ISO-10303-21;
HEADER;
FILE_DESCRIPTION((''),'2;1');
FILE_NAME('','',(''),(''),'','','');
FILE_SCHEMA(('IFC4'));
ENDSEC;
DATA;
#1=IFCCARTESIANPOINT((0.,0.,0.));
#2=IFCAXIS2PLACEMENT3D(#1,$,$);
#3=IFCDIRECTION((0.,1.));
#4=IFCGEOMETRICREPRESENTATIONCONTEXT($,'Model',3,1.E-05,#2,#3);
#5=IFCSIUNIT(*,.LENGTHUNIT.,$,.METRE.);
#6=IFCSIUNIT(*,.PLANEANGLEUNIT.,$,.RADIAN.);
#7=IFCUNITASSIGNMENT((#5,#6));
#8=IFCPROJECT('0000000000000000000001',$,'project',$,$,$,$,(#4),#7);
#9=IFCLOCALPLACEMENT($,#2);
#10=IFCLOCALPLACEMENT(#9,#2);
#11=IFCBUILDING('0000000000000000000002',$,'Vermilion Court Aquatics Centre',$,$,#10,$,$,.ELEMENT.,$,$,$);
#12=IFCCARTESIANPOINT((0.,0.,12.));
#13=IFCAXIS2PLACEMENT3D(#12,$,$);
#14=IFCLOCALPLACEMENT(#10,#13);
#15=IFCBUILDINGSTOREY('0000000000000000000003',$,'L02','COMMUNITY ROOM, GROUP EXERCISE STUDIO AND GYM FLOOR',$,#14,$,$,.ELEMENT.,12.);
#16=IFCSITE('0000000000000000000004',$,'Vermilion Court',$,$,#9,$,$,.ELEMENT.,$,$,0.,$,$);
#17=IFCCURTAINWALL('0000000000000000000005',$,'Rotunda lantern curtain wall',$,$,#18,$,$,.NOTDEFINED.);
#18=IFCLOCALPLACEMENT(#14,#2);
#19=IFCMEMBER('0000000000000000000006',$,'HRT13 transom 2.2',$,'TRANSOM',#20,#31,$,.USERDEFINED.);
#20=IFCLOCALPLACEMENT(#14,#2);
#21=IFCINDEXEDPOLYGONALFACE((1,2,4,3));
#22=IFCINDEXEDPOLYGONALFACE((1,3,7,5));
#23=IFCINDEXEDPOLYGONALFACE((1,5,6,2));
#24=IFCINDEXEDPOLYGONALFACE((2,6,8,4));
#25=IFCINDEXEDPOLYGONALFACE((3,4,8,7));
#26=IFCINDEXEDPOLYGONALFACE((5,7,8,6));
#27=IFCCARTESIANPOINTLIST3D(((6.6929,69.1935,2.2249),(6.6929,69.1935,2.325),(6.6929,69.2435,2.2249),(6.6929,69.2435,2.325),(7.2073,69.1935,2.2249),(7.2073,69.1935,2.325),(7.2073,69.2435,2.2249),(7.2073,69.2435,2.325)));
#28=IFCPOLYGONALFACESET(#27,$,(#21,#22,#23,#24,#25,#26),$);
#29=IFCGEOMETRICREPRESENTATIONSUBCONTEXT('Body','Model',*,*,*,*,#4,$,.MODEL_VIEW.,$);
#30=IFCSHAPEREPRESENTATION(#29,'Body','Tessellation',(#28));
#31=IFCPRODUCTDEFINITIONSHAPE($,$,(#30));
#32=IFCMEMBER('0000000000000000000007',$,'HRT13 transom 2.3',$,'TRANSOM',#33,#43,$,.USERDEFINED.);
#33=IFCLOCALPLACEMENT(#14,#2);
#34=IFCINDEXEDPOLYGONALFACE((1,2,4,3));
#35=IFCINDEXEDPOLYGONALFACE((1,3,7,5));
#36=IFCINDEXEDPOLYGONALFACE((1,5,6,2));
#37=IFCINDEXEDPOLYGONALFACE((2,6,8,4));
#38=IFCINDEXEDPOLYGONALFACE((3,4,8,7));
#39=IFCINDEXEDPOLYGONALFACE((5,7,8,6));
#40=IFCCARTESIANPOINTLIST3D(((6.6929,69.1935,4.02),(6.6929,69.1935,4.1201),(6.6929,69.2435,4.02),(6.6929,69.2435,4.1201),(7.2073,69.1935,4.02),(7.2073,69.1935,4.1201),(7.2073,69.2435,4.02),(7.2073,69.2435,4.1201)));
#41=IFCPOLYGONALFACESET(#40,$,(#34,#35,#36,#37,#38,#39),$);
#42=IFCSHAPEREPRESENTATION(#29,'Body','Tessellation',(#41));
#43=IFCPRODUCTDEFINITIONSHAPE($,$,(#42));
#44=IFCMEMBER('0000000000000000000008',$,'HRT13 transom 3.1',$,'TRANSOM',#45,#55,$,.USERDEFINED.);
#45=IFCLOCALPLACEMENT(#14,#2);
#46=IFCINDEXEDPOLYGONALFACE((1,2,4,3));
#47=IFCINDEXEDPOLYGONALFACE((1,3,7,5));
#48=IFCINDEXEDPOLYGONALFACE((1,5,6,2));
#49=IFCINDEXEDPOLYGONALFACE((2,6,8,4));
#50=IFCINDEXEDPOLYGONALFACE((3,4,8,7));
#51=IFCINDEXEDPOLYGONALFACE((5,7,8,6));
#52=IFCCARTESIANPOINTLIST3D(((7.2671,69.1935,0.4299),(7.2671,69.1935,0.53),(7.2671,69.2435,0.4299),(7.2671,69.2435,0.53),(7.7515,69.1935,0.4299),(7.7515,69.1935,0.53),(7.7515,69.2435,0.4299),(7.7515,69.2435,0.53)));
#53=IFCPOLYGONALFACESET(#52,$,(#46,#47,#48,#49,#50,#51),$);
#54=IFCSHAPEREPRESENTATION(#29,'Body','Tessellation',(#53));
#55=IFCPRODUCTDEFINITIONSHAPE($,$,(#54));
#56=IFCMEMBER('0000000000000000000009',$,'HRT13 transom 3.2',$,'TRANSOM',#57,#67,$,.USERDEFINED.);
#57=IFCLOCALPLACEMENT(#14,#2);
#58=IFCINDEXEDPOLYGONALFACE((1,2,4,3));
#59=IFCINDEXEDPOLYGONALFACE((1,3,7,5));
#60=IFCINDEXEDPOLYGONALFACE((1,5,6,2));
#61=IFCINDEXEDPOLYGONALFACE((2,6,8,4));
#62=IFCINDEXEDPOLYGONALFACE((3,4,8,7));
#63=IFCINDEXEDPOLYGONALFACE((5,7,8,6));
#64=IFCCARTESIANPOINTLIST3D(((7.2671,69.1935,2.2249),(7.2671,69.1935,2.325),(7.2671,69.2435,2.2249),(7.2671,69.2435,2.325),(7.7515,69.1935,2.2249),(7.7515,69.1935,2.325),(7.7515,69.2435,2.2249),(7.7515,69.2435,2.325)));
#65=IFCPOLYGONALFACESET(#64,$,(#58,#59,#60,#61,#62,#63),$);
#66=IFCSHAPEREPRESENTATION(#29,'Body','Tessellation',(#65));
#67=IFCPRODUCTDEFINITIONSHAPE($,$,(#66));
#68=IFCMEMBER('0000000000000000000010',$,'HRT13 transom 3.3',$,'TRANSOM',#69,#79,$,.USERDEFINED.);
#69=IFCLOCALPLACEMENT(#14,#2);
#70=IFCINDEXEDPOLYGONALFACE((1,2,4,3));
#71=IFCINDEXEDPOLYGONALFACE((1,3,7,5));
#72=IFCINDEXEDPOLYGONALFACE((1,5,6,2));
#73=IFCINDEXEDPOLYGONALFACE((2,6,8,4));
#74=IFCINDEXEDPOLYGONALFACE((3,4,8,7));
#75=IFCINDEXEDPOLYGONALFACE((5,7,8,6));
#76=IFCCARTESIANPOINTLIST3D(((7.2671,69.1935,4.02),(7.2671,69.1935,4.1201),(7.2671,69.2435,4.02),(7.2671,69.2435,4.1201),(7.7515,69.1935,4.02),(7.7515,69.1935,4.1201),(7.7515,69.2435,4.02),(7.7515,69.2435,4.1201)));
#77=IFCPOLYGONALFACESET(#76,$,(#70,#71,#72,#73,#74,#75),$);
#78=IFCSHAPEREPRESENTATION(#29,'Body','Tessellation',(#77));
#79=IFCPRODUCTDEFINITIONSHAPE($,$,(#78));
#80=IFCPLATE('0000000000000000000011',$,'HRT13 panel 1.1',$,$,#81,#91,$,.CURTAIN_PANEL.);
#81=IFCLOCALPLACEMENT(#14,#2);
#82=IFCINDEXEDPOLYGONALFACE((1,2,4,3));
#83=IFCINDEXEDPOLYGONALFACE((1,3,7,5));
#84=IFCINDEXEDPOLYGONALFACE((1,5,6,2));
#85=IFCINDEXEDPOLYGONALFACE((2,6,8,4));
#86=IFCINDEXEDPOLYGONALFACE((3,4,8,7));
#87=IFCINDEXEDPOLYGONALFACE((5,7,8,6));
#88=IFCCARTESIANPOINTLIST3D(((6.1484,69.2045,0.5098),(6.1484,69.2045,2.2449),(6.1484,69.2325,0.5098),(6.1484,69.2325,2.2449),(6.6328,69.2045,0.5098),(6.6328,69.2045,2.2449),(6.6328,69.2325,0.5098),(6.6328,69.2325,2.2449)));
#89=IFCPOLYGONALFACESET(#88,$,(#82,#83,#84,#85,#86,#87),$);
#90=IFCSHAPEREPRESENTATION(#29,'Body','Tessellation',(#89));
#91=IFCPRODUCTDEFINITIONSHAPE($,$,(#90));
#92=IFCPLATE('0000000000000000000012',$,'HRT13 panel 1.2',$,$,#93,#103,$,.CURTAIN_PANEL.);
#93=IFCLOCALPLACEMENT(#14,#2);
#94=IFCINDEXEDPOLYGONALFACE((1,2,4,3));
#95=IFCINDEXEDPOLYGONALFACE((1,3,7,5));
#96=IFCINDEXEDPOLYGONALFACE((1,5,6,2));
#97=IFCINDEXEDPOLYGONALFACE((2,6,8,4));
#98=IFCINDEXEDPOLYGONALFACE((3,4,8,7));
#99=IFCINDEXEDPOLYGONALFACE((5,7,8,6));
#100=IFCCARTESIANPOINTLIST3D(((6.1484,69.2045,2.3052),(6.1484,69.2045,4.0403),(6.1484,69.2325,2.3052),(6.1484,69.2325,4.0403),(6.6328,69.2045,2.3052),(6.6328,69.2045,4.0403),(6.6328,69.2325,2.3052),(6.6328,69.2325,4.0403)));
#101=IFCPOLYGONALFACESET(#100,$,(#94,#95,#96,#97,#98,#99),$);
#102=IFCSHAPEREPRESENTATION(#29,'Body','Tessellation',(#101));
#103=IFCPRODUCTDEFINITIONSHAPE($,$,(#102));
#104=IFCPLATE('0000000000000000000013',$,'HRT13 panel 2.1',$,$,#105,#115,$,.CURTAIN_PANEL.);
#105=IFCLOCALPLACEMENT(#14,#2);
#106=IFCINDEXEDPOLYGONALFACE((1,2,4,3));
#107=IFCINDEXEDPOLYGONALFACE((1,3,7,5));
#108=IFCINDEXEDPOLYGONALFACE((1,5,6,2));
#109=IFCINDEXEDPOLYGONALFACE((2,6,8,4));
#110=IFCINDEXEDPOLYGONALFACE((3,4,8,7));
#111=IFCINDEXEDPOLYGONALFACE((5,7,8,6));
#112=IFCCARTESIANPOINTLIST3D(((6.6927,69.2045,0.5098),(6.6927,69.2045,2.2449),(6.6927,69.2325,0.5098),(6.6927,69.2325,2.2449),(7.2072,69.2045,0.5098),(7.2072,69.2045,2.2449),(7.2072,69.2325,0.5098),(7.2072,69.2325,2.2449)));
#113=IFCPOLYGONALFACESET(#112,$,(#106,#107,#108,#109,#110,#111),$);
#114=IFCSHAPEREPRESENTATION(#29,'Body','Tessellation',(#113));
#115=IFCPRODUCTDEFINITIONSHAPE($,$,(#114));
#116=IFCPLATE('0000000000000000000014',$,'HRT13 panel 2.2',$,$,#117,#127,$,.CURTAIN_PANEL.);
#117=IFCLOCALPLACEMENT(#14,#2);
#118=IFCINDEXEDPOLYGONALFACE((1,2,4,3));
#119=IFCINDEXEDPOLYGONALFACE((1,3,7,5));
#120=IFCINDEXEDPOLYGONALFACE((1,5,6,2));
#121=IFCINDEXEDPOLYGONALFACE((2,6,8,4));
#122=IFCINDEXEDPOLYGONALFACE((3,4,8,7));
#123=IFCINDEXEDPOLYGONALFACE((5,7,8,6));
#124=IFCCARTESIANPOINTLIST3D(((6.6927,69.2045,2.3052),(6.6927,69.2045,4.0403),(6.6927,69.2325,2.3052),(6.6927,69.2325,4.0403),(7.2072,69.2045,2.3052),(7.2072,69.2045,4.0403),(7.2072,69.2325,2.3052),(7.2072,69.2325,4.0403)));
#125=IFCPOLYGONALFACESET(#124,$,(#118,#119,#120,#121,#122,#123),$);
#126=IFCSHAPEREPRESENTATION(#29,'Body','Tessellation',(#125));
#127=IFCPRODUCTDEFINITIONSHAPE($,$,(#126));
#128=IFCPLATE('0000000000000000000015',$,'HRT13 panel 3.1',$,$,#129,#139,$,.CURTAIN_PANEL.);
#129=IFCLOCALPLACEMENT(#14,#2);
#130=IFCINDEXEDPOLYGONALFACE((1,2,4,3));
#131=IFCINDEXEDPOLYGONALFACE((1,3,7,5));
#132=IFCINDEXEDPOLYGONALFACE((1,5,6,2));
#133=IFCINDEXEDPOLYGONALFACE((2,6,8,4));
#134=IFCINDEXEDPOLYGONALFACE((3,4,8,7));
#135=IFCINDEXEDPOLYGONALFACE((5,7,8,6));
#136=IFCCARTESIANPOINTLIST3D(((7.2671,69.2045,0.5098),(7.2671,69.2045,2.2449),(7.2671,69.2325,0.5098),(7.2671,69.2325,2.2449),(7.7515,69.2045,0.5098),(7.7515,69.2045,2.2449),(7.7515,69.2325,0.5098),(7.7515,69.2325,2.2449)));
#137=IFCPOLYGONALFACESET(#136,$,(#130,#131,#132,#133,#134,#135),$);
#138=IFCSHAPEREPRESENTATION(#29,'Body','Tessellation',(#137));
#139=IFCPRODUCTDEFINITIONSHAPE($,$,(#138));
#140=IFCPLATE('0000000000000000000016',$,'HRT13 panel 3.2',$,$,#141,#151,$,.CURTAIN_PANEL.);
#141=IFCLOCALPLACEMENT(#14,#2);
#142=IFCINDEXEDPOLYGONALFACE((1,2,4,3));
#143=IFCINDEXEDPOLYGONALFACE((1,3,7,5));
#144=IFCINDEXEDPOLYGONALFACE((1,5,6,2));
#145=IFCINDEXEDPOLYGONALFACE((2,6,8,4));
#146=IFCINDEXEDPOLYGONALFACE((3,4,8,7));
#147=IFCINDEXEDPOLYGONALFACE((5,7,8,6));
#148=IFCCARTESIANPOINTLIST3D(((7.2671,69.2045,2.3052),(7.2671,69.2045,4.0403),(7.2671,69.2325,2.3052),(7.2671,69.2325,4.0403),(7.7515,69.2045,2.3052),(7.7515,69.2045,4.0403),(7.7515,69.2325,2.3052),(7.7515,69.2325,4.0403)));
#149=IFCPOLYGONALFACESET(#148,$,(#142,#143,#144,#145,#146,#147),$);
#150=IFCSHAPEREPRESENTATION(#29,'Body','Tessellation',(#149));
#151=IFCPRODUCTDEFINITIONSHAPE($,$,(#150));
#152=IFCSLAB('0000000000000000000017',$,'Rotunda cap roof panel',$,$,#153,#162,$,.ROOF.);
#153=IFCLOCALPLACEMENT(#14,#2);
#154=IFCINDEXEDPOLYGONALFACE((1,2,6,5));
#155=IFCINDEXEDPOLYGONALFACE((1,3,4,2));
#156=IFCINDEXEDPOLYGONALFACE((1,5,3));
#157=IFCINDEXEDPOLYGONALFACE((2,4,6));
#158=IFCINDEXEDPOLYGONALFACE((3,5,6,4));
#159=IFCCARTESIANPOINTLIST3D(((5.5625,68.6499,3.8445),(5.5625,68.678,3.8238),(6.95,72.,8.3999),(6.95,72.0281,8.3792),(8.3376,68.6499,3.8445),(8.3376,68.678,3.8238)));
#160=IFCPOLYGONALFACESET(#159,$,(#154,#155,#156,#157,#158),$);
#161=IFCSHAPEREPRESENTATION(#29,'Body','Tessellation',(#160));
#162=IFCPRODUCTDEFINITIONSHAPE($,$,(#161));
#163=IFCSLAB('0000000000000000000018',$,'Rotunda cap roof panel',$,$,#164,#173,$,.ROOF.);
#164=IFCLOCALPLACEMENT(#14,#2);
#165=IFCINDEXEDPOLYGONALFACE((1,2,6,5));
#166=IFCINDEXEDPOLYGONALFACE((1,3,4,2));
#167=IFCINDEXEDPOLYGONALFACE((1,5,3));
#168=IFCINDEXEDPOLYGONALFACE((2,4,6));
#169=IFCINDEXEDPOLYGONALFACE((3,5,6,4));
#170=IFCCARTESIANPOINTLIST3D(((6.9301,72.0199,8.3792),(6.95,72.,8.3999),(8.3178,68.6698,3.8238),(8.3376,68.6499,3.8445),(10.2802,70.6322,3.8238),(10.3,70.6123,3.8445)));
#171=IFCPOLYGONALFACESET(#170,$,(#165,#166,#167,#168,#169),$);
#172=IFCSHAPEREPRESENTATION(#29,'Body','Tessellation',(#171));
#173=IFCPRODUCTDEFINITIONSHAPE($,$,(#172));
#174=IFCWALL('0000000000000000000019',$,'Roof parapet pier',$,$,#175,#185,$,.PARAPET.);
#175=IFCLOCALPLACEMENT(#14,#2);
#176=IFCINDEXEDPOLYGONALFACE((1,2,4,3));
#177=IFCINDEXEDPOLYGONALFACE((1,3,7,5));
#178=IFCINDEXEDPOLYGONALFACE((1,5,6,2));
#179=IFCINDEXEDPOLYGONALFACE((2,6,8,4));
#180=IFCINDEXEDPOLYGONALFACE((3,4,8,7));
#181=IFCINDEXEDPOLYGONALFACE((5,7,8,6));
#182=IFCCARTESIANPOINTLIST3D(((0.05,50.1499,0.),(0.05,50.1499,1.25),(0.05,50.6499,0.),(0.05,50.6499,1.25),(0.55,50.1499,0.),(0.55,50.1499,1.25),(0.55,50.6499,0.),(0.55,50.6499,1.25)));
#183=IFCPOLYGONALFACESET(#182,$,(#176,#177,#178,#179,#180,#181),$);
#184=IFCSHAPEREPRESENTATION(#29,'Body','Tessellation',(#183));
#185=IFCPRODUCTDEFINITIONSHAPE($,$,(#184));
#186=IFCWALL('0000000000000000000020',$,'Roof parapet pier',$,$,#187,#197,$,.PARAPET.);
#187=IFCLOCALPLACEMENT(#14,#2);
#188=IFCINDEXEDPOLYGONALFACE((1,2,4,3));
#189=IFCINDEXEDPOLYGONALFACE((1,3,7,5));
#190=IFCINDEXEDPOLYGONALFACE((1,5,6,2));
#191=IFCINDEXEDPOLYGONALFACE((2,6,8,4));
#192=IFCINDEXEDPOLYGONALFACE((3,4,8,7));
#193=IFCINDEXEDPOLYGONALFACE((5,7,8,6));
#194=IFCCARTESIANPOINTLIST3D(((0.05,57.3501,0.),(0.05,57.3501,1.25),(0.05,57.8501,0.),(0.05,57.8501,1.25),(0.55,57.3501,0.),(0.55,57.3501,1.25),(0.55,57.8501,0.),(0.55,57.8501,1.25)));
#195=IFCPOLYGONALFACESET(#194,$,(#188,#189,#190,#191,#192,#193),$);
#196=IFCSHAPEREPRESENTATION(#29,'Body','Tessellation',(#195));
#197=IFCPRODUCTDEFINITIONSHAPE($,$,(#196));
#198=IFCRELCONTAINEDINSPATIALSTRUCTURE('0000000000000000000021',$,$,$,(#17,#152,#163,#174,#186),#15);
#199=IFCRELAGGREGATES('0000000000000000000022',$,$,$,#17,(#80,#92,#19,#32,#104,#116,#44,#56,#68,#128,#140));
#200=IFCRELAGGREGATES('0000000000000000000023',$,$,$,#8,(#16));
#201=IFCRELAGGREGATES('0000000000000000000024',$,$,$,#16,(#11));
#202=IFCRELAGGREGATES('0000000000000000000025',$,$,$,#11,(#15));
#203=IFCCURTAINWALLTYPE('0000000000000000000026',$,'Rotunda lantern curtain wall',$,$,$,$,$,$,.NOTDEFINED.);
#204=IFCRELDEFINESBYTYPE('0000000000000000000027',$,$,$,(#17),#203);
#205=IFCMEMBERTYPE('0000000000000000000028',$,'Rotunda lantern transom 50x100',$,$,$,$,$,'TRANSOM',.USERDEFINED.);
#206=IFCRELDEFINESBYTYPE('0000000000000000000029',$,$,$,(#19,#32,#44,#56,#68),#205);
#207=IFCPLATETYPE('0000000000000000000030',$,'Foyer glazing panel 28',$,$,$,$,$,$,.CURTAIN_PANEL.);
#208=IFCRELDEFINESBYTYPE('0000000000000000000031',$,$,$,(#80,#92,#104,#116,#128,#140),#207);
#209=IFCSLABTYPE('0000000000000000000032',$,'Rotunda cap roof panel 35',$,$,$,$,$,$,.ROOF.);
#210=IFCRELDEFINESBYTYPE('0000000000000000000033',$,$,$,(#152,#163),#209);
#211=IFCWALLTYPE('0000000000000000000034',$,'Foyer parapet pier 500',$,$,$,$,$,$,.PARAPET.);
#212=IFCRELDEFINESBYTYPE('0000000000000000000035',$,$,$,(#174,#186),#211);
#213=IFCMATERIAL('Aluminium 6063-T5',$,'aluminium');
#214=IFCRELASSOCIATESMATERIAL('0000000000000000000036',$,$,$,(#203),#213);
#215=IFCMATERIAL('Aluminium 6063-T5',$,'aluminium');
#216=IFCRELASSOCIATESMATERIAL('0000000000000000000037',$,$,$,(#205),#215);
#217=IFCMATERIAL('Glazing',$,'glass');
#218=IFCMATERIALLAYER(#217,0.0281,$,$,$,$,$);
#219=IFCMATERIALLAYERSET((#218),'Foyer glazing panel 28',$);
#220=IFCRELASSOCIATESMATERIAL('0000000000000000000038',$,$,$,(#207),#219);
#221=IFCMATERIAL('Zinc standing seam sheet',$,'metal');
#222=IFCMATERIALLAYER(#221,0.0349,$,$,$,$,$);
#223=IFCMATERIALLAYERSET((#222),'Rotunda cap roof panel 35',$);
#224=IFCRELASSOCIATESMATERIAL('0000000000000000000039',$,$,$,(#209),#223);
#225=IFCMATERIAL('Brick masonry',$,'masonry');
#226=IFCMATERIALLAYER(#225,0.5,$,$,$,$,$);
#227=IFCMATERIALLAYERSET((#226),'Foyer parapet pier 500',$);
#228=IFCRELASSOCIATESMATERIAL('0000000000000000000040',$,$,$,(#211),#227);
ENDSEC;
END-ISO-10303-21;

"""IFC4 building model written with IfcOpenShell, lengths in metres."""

from ifc_helpers import new_model, si_unit, direction, frame, frame_2d, origin, origin_2d, place, context, subcontext, project, spatial, polyline, rectangle, outline, extrude, material, layer, layer_set, material_profile, profile_set, type_object, element, aggregate, save


model = new_model("IFC4")

# Units and contexts
model_context = context("Model", 3, precision=1e-05, world=origin(), true_north=direction((0.0, 1.0)))
body_context = subcontext(model_context, "Body", "Model", "MODEL_VIEW")
ifc_project = project(units=[si_unit("LENGTHUNIT", "METRE"), si_unit("PLANEANGLEUNIT", "RADIAN")], contexts=[model_context])

# Site, building, storey
site_placement = place(None, origin())
site = spatial("IfcSite", under=ifc_project, at=site_placement, Name="Vermilion Court", CompositionType="ELEMENT", RefElevation=0.0)
building_placement = place(site_placement, origin())
building = spatial("IfcBuilding", under=site, at=building_placement, Name="Vermilion Court Aquatics Centre", CompositionType="ELEMENT")
storey_placement = place(building_placement, frame((0.0, 0.0, 12.0)))
storey = spatial("IfcBuildingStorey", under=building, at=storey_placement, Name="L02", Description="COMMUNITY ROOM, GROUP EXERCISE STUDIO AND GYM FLOOR", CompositionType="ELEMENT", Elevation=12.0)

# Shared definitions
ifc_material_1 = material(Name="Aluminium 6063-T5", Category="aluminium")
curtain_wall_type = type_object("IfcCurtainWallType", Name="Rotunda lantern curtain wall", PredefinedType="NOTDEFINED", material=ifc_material_1)

# Curtain wall
curtain_wall_1_placement = place(storey_placement, origin())
curtain_wall_1 = element("IfcCurtainWall", 1, at=curtain_wall_1_placement, inside=storey, type_object=curtain_wall_type, Name="Rotunda lantern curtain wall", PredefinedType="NOTDEFINED")

# Members
ifc_material_2 = material(Name="Aluminium 6063-T5", Category="aluminium")
ifc_material_profile_1 = material_profile(ifc_material_2, rectangle(XDim=0.05, YDim=0.1001, at=origin_2d()), Name="Aluminium 50x100")
ifc_profile_set_1 = profile_set([ifc_material_profile_1], Name="Aluminium 6063-T5")
member_type_1 = type_object("IfcMemberType", Name="Rotunda lantern transom 50x100", ElementType="TRANSOM", PredefinedType="USERDEFINED", material=ifc_profile_set_1)
member_1_placement = place(storey_placement, frame((6.6929, 69.2185, 2.2749), z_axis=(1.0, 0.0, 0.0), x_axis=(0.0, 1.0, 0.0)))
member_1 = element("IfcMember", 2, at=member_1_placement, type_object=member_type_1, Name="HRT13 transom 2.2", ObjectType="TRANSOM", PredefinedType="USERDEFINED", context=body_context, shape_type="SweptSolid", body=[
    extrude(rectangle(XDim=0.05, YDim=0.1001, at=origin_2d()), origin(), (0.0, 0.0, 1.0), 0.5144),
])
member_2_placement = place(storey_placement, frame((6.6929, 69.2185, 4.0701), z_axis=(1.0, 0.0, 0.0), x_axis=(0.0, 1.0, 0.0)))
member_2 = element("IfcMember", 3, at=member_2_placement, type_object=member_type_1, Name="HRT13 transom 2.3", ObjectType="TRANSOM", PredefinedType="USERDEFINED", context=body_context, shape_type="SweptSolid", body=[
    extrude(rectangle(XDim=0.05, YDim=0.1001, at=origin_2d()), origin(), (0.0, 0.0, 1.0), 0.5144),
])
member_3_placement = place(storey_placement, frame((7.2671, 69.2185, 0.48), z_axis=(1.0, 0.0, 0.0), x_axis=(0.0, 1.0, 0.0)))
member_3 = element("IfcMember", 4, at=member_3_placement, type_object=member_type_1, Name="HRT13 transom 3.1", ObjectType="TRANSOM", PredefinedType="USERDEFINED", context=body_context, shape_type="SweptSolid", body=[
    extrude(rectangle(XDim=0.05, YDim=0.1001, at=origin_2d()), origin(), (0.0, 0.0, 1.0), 0.4844),
])
member_4_placement = place(storey_placement, frame((7.2671, 69.2185, 2.2749), z_axis=(1.0, 0.0, 0.0), x_axis=(0.0, 1.0, 0.0)))
member_4 = element("IfcMember", 5, at=member_4_placement, type_object=member_type_1, Name="HRT13 transom 3.2", ObjectType="TRANSOM", PredefinedType="USERDEFINED", context=body_context, shape_type="SweptSolid", body=[
    extrude(rectangle(XDim=0.05, YDim=0.1001, at=origin_2d()), origin(), (0.0, 0.0, 1.0), 0.4844),
])
member_5_placement = place(storey_placement, frame((7.2671, 69.2185, 4.0701), z_axis=(1.0, 0.0, 0.0), x_axis=(0.0, 1.0, 0.0)))
member_5 = element("IfcMember", 6, at=member_5_placement, type_object=member_type_1, Name="HRT13 transom 3.3", ObjectType="TRANSOM", PredefinedType="USERDEFINED", context=body_context, shape_type="SweptSolid", body=[
    extrude(rectangle(XDim=0.05, YDim=0.1001, at=origin_2d()), origin(), (0.0, 0.0, 1.0), 0.4844),
])

# Plates
ifc_material_3 = material(Name="Glazing", Category="glass")
ifc_layer_1 = layer(ifc_material_3, 0.0281)
ifc_layer_set_1 = layer_set([ifc_layer_1], Name="Foyer glazing panel 28")
plate_type = type_object("IfcPlateType", Name="Foyer glazing panel 28", PredefinedType="CURTAIN_PANEL", material=ifc_layer_set_1)
plate_1_placement = place(storey_placement, frame((6.3906, 69.2185, 0.5098), z_axis=(0.0, 0.0, 1.0), x_axis=(1.0, 0.0, 0.0)))
plate_1 = element("IfcPlate", 7, at=plate_1_placement, type_object=plate_type, Name="HRT13 panel 1.1", PredefinedType="CURTAIN_PANEL", context=body_context, shape_type="SweptSolid", body=[
    extrude(rectangle(XDim=0.4844, YDim=0.0281, at=origin_2d()), origin(), (0.0, 0.0, 1.0), 1.7351),
])
plate_2_placement = place(storey_placement, frame((6.3906, 69.2185, 2.3052), z_axis=(0.0, 0.0, 1.0), x_axis=(1.0, 0.0, 0.0)))
plate_2 = element("IfcPlate", 8, at=plate_2_placement, type_object=plate_type, Name="HRT13 panel 1.2", PredefinedType="CURTAIN_PANEL", context=body_context, shape_type="SweptSolid", body=[
    extrude(rectangle(XDim=0.4844, YDim=0.0281, at=origin_2d()), origin(), (0.0, 0.0, 1.0), 1.7351),
])
plate_3_placement = place(storey_placement, frame((6.95, 69.2185, 0.5098), z_axis=(0.0, 0.0, 1.0), x_axis=(1.0, 0.0, 0.0)))
plate_3 = element("IfcPlate", 9, at=plate_3_placement, type_object=plate_type, Name="HRT13 panel 2.1", PredefinedType="CURTAIN_PANEL", context=body_context, shape_type="SweptSolid", body=[
    extrude(rectangle(XDim=0.5144, YDim=0.0281, at=origin_2d()), origin(), (0.0, 0.0, 1.0), 1.7351),
])
plate_4_placement = place(storey_placement, frame((6.95, 69.2185, 2.3052), z_axis=(0.0, 0.0, 1.0), x_axis=(1.0, 0.0, 0.0)))
plate_4 = element("IfcPlate", 10, at=plate_4_placement, type_object=plate_type, Name="HRT13 panel 2.2", PredefinedType="CURTAIN_PANEL", context=body_context, shape_type="SweptSolid", body=[
    extrude(rectangle(XDim=0.5144, YDim=0.0281, at=origin_2d()), origin(), (0.0, 0.0, 1.0), 1.7351),
])
plate_5_placement = place(storey_placement, frame((7.5093, 69.2185, 0.5098), z_axis=(0.0, 0.0, 1.0), x_axis=(1.0, 0.0, 0.0)))
plate_5 = element("IfcPlate", 11, at=plate_5_placement, type_object=plate_type, Name="HRT13 panel 3.1", PredefinedType="CURTAIN_PANEL", context=body_context, shape_type="SweptSolid", body=[
    extrude(rectangle(XDim=0.4844, YDim=0.0281, at=origin_2d()), origin(), (0.0, 0.0, 1.0), 1.7351),
])
plate_6_placement = place(storey_placement, frame((7.5093, 69.2185, 2.3052), z_axis=(0.0, 0.0, 1.0), x_axis=(1.0, 0.0, 0.0)))
plate_6 = element("IfcPlate", 12, at=plate_6_placement, type_object=plate_type, Name="HRT13 panel 3.2", PredefinedType="CURTAIN_PANEL", context=body_context, shape_type="SweptSolid", body=[
    extrude(rectangle(XDim=0.4844, YDim=0.0281, at=origin_2d()), origin(), (0.0, 0.0, 1.0), 1.7351),
])
aggregate(curtain_wall_1, [plate_1, plate_2, member_1, member_2, plate_3, plate_4, member_3, member_4, member_5, plate_5, plate_6])

# Slabs
ifc_material_4 = material(Name="Zinc standing seam sheet", Category="metal")
ifc_layer_2 = layer(ifc_material_4, 0.0349)
ifc_layer_set_2 = layer_set([ifc_layer_2], Name="Rotunda cap roof panel 35")
slab_type = type_object("IfcSlabType", Name="Rotunda cap roof panel 35", PredefinedType="ROOF", material=ifc_layer_set_2)
slab_1_placement = place(storey_placement, frame((5.5625, 68.6499, 3.8445), z_axis=(0.0, -0.805607, 0.592451), x_axis=(1.0, 0.0, 0.0)))
element("IfcSlab", 13, at=slab_1_placement, inside=storey, type_object=slab_type, Name="Rotunda cap roof panel", PredefinedType="ROOF", context=body_context, shape_type="SweptSolid", body=[
    extrude(outline(polyline([(0.0, 0.0), (2.7751, 0.0), (1.3875, 5.6546), (0.0, 0.0)])), origin(), (0.0, 0.0, -1.0), 0.0349),
])
slab_2_placement = place(storey_placement, frame((8.3376, 68.6499, 3.8445), z_axis=(0.569648, -0.569648, 0.592454), x_axis=(0.707107, 0.707107, 0.0)))
element("IfcSlab", 14, at=slab_2_placement, inside=storey, type_object=slab_type, Name="Rotunda cap roof panel", PredefinedType="ROOF", context=body_context, shape_type="SweptSolid", body=[
    extrude(outline(polyline([(0.0, 0.0), (2.7753, 0.0), (1.3876, 5.6547), (0.0, 0.0)])), origin(), (0.0, 0.0, -1.0), 0.0349),
])

# Walls
ifc_material_5 = material(Name="Brick masonry", Category="masonry")
ifc_layer_3 = layer(ifc_material_5, 0.5)
ifc_layer_set_3 = layer_set([ifc_layer_3], Name="Foyer parapet pier 500")
wall_type_1 = type_object("IfcWallType", Name="Foyer parapet pier 500", PredefinedType="PARAPET", material=ifc_layer_set_3)
for number, where, z_axis, x_axis, name in (
    (15, (0.05, 50.3999, 0.0), (0.0, 0.0, 1.0), (1.0, 0.0, 0.0), "Roof parapet pier"),
    (16, (0.05, 57.6001, 0.0), (0.0, 0.0, 1.0), (1.0, 0.0, 0.0), "Roof parapet pier"),
):
    element("IfcWall", number, at=place(storey_placement, frame(where, z_axis=z_axis, x_axis=x_axis)), inside=storey, type_object=wall_type_1, Name=name, PredefinedType="PARAPET", context=body_context, shape_type="SweptSolid", body=[
        extrude(rectangle(XDim=0.5, YDim=0.5, at=frame_2d((0.25, 0.0))), origin(), (0.0, 0.0, 1.0), 1.25),
    ])

save(model, "model.ifc")
